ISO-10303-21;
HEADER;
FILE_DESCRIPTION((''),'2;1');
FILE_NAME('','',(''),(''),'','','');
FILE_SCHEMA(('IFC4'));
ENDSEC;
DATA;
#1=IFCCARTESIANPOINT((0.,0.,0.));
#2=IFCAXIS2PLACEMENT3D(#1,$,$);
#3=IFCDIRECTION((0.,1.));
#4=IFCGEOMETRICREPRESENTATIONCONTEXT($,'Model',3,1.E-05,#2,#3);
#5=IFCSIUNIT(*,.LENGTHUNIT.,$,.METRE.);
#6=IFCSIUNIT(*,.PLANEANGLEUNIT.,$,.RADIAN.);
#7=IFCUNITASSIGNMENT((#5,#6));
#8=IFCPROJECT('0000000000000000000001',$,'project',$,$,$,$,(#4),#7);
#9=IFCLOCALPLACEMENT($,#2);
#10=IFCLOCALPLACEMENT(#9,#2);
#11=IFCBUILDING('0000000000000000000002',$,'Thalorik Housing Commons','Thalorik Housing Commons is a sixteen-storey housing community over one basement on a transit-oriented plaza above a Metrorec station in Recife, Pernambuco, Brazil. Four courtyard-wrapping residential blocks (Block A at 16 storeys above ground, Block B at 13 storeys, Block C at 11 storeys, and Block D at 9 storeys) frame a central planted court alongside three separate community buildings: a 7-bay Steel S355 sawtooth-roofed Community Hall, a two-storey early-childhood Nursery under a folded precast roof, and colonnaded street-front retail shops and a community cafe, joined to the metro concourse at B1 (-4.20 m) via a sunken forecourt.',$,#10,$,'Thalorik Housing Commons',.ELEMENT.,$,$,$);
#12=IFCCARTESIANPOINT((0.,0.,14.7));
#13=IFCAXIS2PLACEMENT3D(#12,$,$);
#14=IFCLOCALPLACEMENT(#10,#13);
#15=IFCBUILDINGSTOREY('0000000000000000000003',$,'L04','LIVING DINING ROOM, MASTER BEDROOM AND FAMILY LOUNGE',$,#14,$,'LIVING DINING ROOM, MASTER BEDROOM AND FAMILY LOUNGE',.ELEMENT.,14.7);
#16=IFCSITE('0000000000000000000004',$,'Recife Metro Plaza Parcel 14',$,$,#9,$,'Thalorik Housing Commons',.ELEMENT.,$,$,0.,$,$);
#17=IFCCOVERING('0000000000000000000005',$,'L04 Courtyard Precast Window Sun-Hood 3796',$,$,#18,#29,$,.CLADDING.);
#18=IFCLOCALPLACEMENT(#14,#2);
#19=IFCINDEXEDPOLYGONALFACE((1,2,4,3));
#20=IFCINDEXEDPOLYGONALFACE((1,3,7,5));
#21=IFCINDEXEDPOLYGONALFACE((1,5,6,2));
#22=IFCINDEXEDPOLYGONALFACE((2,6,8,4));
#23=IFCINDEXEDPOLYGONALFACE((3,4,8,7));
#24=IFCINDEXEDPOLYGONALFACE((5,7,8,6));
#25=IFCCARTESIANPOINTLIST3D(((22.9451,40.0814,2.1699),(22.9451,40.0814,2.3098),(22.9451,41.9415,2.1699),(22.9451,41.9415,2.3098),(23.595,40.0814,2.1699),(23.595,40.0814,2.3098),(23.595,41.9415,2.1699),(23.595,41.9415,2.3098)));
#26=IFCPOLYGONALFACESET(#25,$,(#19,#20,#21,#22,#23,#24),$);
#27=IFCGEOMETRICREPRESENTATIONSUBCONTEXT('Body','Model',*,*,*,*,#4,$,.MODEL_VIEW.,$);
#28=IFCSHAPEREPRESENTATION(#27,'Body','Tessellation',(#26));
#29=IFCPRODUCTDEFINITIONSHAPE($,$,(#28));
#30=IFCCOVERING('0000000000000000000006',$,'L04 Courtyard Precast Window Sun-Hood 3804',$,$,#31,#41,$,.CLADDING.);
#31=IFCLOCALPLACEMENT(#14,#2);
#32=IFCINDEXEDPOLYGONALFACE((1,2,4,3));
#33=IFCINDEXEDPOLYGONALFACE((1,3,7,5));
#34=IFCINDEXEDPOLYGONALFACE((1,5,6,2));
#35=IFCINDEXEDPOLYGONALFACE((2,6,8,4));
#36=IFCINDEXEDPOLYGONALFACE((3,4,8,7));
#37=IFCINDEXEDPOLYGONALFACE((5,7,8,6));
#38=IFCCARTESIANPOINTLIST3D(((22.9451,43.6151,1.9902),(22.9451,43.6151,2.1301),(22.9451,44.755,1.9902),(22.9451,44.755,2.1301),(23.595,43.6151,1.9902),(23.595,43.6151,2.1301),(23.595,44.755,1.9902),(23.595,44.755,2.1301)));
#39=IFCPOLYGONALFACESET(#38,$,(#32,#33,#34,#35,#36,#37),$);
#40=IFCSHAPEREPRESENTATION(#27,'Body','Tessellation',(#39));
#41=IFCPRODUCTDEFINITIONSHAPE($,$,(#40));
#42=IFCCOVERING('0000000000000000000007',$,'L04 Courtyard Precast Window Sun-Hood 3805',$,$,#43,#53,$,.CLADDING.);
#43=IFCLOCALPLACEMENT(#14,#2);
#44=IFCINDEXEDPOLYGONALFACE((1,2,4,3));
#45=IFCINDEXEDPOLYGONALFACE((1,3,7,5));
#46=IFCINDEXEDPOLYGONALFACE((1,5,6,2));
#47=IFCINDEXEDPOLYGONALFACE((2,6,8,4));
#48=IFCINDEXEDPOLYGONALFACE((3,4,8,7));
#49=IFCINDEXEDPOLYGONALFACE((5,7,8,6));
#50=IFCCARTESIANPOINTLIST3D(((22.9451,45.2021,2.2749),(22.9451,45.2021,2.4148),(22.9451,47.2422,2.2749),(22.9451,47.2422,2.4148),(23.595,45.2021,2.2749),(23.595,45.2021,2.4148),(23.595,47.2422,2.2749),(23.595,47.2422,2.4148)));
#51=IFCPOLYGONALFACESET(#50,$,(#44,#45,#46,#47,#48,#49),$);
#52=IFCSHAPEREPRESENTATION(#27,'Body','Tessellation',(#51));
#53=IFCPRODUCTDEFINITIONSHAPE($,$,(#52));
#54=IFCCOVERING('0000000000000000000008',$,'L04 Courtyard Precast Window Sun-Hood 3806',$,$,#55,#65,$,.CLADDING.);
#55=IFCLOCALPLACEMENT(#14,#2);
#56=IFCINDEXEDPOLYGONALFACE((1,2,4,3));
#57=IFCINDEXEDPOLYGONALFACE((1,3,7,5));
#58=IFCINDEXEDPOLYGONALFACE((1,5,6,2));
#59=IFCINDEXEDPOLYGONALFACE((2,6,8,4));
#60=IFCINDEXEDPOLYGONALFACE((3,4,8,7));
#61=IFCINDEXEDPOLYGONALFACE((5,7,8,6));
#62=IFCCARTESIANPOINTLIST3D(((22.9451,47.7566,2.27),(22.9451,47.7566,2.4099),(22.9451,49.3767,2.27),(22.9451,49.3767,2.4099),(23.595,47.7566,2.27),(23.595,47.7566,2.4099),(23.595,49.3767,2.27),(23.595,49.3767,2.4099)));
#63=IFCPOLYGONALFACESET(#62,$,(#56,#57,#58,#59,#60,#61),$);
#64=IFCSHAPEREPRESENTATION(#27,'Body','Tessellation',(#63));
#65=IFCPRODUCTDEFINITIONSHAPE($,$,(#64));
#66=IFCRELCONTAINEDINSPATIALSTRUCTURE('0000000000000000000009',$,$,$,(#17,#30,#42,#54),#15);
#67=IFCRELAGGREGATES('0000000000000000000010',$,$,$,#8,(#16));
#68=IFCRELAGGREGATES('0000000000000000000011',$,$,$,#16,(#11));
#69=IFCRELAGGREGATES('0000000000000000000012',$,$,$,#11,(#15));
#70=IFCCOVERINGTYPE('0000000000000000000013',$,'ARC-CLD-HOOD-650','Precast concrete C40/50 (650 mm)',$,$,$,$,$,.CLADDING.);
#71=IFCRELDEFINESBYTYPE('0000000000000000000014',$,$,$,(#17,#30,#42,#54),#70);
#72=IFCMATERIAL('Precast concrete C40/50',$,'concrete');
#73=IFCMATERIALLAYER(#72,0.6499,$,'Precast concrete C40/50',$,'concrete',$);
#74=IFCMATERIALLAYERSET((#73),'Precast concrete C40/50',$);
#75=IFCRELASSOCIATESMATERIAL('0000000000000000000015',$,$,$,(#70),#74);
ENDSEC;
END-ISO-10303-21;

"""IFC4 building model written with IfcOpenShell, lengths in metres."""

from ifc_helpers import new_model, si_unit, direction, frame, origin, origin_2d, place, context, subcontext, project, spatial, rectangle, extrude, material, layer, layer_set, type_object, element, save


model = new_model("IFC4")

# Units and contexts
model_context = context("Model", 3, precision=1e-05, world=origin(), true_north=direction((0.0, 1.0)))
body_context = subcontext(model_context, "Body", "Model", "MODEL_VIEW")
ifc_project = project(units=[si_unit("LENGTHUNIT", "METRE"), si_unit("PLANEANGLEUNIT", "RADIAN")], contexts=[model_context])

# Site, building, storey
site_placement = place(None, origin())
site = spatial("IfcSite", under=ifc_project, at=site_placement, Name="Recife Metro Plaza Parcel 14", LongName="Thalorik Housing Commons", CompositionType="ELEMENT", RefElevation=0.0)
building_placement = place(site_placement, origin())
building = spatial("IfcBuilding", under=site, at=building_placement, Name="Thalorik Housing Commons", Description="Thalorik Housing Commons is a sixteen-storey housing community over one basement on a transit-oriented plaza above a Metrorec station in Recife, Pernambuco, Brazil. Four courtyard-wrapping residential blocks (Block A at 16 storeys above ground, Block B at 13 storeys, Block C at 11 storeys, and Block D at 9 storeys) frame a central planted court alongside three separate community buildings: a 7-bay Steel S355 sawtooth-roofed Community Hall, a two-storey early-childhood Nursery under a folded precast roof, and colonnaded street-front retail shops and a community cafe, joined to the metro concourse at B1 (-4.20 m) via a sunken forecourt.", LongName="Thalorik Housing Commons", CompositionType="ELEMENT")
storey_placement = place(building_placement, frame((0.0, 0.0, 14.7)))
storey = spatial("IfcBuildingStorey", under=building, at=storey_placement, Name="L04", Description="LIVING DINING ROOM, MASTER BEDROOM AND FAMILY LOUNGE", LongName="LIVING DINING ROOM, MASTER BEDROOM AND FAMILY LOUNGE", CompositionType="ELEMENT", Elevation=14.7)

# Shared definitions
ifc_material_1 = material(Name="Precast concrete C40/50", Category="concrete")

# Coverings
ifc_layer_1 = layer(ifc_material_1, 0.6499, Name="Precast concrete C40/50", Category="concrete")
ifc_layer_set_1 = layer_set([ifc_layer_1], Name="Precast concrete C40/50")
covering_type_1 = type_object("IfcCoveringType", Name="ARC-CLD-HOOD-650", Description="Precast concrete C40/50 (650 mm)", PredefinedType="CLADDING", material=ifc_layer_set_1)
covering_1_placement = place(storey_placement, frame((23.27, 41.0115, 2.1699), z_axis=(0.0, 0.0, 1.0), x_axis=(0.0, 1.0, 0.0)))
element("IfcCovering", 1, at=covering_1_placement, inside=storey, type_object=covering_type_1, Name="L04 Courtyard Precast Window Sun-Hood 3796", PredefinedType="CLADDING", context=body_context, shape_type="SweptSolid", body=[
    extrude(rectangle(XDim=1.8601, YDim=0.6499, at=origin_2d()), origin(), (0.0, 0.0, 1.0), 0.1399),
])
covering_2_placement = place(storey_placement, frame((23.27, 44.1851, 1.9902), z_axis=(0.0, 0.0, 1.0), x_axis=(0.0, 1.0, 0.0)))
element("IfcCovering", 2, at=covering_2_placement, inside=storey, type_object=covering_type_1, Name="L04 Courtyard Precast Window Sun-Hood 3804", PredefinedType="CLADDING", context=body_context, shape_type="SweptSolid", body=[
    extrude(rectangle(XDim=1.1399, YDim=0.6499, at=origin_2d()), origin(), (0.0, 0.0, 1.0), 0.1399),
])
covering_3_placement = place(storey_placement, frame((23.27, 46.2222, 2.2749), z_axis=(0.0, 0.0, 1.0), x_axis=(0.0, 1.0, 0.0)))
element("IfcCovering", 3, at=covering_3_placement, inside=storey, type_object=covering_type_1, Name="L04 Courtyard Precast Window Sun-Hood 3805", PredefinedType="CLADDING", context=body_context, shape_type="SweptSolid", body=[
    extrude(rectangle(XDim=2.04, YDim=0.6499, at=origin_2d()), origin(), (0.0, 0.0, 1.0), 0.1399),
])
covering_4_placement = place(storey_placement, frame((23.27, 48.5667, 2.27), z_axis=(0.0, 0.0, 1.0), x_axis=(0.0, 1.0, 0.0)))
element("IfcCovering", 4, at=covering_4_placement, inside=storey, type_object=covering_type_1, Name="L04 Courtyard Precast Window Sun-Hood 3806", PredefinedType="CLADDING", context=body_context, shape_type="SweptSolid", body=[
    extrude(rectangle(XDim=1.6201, YDim=0.6499, at=origin_2d()), origin(), (0.0, 0.0, 1.0), 0.1399),
])

save(model, "model.ifc")
